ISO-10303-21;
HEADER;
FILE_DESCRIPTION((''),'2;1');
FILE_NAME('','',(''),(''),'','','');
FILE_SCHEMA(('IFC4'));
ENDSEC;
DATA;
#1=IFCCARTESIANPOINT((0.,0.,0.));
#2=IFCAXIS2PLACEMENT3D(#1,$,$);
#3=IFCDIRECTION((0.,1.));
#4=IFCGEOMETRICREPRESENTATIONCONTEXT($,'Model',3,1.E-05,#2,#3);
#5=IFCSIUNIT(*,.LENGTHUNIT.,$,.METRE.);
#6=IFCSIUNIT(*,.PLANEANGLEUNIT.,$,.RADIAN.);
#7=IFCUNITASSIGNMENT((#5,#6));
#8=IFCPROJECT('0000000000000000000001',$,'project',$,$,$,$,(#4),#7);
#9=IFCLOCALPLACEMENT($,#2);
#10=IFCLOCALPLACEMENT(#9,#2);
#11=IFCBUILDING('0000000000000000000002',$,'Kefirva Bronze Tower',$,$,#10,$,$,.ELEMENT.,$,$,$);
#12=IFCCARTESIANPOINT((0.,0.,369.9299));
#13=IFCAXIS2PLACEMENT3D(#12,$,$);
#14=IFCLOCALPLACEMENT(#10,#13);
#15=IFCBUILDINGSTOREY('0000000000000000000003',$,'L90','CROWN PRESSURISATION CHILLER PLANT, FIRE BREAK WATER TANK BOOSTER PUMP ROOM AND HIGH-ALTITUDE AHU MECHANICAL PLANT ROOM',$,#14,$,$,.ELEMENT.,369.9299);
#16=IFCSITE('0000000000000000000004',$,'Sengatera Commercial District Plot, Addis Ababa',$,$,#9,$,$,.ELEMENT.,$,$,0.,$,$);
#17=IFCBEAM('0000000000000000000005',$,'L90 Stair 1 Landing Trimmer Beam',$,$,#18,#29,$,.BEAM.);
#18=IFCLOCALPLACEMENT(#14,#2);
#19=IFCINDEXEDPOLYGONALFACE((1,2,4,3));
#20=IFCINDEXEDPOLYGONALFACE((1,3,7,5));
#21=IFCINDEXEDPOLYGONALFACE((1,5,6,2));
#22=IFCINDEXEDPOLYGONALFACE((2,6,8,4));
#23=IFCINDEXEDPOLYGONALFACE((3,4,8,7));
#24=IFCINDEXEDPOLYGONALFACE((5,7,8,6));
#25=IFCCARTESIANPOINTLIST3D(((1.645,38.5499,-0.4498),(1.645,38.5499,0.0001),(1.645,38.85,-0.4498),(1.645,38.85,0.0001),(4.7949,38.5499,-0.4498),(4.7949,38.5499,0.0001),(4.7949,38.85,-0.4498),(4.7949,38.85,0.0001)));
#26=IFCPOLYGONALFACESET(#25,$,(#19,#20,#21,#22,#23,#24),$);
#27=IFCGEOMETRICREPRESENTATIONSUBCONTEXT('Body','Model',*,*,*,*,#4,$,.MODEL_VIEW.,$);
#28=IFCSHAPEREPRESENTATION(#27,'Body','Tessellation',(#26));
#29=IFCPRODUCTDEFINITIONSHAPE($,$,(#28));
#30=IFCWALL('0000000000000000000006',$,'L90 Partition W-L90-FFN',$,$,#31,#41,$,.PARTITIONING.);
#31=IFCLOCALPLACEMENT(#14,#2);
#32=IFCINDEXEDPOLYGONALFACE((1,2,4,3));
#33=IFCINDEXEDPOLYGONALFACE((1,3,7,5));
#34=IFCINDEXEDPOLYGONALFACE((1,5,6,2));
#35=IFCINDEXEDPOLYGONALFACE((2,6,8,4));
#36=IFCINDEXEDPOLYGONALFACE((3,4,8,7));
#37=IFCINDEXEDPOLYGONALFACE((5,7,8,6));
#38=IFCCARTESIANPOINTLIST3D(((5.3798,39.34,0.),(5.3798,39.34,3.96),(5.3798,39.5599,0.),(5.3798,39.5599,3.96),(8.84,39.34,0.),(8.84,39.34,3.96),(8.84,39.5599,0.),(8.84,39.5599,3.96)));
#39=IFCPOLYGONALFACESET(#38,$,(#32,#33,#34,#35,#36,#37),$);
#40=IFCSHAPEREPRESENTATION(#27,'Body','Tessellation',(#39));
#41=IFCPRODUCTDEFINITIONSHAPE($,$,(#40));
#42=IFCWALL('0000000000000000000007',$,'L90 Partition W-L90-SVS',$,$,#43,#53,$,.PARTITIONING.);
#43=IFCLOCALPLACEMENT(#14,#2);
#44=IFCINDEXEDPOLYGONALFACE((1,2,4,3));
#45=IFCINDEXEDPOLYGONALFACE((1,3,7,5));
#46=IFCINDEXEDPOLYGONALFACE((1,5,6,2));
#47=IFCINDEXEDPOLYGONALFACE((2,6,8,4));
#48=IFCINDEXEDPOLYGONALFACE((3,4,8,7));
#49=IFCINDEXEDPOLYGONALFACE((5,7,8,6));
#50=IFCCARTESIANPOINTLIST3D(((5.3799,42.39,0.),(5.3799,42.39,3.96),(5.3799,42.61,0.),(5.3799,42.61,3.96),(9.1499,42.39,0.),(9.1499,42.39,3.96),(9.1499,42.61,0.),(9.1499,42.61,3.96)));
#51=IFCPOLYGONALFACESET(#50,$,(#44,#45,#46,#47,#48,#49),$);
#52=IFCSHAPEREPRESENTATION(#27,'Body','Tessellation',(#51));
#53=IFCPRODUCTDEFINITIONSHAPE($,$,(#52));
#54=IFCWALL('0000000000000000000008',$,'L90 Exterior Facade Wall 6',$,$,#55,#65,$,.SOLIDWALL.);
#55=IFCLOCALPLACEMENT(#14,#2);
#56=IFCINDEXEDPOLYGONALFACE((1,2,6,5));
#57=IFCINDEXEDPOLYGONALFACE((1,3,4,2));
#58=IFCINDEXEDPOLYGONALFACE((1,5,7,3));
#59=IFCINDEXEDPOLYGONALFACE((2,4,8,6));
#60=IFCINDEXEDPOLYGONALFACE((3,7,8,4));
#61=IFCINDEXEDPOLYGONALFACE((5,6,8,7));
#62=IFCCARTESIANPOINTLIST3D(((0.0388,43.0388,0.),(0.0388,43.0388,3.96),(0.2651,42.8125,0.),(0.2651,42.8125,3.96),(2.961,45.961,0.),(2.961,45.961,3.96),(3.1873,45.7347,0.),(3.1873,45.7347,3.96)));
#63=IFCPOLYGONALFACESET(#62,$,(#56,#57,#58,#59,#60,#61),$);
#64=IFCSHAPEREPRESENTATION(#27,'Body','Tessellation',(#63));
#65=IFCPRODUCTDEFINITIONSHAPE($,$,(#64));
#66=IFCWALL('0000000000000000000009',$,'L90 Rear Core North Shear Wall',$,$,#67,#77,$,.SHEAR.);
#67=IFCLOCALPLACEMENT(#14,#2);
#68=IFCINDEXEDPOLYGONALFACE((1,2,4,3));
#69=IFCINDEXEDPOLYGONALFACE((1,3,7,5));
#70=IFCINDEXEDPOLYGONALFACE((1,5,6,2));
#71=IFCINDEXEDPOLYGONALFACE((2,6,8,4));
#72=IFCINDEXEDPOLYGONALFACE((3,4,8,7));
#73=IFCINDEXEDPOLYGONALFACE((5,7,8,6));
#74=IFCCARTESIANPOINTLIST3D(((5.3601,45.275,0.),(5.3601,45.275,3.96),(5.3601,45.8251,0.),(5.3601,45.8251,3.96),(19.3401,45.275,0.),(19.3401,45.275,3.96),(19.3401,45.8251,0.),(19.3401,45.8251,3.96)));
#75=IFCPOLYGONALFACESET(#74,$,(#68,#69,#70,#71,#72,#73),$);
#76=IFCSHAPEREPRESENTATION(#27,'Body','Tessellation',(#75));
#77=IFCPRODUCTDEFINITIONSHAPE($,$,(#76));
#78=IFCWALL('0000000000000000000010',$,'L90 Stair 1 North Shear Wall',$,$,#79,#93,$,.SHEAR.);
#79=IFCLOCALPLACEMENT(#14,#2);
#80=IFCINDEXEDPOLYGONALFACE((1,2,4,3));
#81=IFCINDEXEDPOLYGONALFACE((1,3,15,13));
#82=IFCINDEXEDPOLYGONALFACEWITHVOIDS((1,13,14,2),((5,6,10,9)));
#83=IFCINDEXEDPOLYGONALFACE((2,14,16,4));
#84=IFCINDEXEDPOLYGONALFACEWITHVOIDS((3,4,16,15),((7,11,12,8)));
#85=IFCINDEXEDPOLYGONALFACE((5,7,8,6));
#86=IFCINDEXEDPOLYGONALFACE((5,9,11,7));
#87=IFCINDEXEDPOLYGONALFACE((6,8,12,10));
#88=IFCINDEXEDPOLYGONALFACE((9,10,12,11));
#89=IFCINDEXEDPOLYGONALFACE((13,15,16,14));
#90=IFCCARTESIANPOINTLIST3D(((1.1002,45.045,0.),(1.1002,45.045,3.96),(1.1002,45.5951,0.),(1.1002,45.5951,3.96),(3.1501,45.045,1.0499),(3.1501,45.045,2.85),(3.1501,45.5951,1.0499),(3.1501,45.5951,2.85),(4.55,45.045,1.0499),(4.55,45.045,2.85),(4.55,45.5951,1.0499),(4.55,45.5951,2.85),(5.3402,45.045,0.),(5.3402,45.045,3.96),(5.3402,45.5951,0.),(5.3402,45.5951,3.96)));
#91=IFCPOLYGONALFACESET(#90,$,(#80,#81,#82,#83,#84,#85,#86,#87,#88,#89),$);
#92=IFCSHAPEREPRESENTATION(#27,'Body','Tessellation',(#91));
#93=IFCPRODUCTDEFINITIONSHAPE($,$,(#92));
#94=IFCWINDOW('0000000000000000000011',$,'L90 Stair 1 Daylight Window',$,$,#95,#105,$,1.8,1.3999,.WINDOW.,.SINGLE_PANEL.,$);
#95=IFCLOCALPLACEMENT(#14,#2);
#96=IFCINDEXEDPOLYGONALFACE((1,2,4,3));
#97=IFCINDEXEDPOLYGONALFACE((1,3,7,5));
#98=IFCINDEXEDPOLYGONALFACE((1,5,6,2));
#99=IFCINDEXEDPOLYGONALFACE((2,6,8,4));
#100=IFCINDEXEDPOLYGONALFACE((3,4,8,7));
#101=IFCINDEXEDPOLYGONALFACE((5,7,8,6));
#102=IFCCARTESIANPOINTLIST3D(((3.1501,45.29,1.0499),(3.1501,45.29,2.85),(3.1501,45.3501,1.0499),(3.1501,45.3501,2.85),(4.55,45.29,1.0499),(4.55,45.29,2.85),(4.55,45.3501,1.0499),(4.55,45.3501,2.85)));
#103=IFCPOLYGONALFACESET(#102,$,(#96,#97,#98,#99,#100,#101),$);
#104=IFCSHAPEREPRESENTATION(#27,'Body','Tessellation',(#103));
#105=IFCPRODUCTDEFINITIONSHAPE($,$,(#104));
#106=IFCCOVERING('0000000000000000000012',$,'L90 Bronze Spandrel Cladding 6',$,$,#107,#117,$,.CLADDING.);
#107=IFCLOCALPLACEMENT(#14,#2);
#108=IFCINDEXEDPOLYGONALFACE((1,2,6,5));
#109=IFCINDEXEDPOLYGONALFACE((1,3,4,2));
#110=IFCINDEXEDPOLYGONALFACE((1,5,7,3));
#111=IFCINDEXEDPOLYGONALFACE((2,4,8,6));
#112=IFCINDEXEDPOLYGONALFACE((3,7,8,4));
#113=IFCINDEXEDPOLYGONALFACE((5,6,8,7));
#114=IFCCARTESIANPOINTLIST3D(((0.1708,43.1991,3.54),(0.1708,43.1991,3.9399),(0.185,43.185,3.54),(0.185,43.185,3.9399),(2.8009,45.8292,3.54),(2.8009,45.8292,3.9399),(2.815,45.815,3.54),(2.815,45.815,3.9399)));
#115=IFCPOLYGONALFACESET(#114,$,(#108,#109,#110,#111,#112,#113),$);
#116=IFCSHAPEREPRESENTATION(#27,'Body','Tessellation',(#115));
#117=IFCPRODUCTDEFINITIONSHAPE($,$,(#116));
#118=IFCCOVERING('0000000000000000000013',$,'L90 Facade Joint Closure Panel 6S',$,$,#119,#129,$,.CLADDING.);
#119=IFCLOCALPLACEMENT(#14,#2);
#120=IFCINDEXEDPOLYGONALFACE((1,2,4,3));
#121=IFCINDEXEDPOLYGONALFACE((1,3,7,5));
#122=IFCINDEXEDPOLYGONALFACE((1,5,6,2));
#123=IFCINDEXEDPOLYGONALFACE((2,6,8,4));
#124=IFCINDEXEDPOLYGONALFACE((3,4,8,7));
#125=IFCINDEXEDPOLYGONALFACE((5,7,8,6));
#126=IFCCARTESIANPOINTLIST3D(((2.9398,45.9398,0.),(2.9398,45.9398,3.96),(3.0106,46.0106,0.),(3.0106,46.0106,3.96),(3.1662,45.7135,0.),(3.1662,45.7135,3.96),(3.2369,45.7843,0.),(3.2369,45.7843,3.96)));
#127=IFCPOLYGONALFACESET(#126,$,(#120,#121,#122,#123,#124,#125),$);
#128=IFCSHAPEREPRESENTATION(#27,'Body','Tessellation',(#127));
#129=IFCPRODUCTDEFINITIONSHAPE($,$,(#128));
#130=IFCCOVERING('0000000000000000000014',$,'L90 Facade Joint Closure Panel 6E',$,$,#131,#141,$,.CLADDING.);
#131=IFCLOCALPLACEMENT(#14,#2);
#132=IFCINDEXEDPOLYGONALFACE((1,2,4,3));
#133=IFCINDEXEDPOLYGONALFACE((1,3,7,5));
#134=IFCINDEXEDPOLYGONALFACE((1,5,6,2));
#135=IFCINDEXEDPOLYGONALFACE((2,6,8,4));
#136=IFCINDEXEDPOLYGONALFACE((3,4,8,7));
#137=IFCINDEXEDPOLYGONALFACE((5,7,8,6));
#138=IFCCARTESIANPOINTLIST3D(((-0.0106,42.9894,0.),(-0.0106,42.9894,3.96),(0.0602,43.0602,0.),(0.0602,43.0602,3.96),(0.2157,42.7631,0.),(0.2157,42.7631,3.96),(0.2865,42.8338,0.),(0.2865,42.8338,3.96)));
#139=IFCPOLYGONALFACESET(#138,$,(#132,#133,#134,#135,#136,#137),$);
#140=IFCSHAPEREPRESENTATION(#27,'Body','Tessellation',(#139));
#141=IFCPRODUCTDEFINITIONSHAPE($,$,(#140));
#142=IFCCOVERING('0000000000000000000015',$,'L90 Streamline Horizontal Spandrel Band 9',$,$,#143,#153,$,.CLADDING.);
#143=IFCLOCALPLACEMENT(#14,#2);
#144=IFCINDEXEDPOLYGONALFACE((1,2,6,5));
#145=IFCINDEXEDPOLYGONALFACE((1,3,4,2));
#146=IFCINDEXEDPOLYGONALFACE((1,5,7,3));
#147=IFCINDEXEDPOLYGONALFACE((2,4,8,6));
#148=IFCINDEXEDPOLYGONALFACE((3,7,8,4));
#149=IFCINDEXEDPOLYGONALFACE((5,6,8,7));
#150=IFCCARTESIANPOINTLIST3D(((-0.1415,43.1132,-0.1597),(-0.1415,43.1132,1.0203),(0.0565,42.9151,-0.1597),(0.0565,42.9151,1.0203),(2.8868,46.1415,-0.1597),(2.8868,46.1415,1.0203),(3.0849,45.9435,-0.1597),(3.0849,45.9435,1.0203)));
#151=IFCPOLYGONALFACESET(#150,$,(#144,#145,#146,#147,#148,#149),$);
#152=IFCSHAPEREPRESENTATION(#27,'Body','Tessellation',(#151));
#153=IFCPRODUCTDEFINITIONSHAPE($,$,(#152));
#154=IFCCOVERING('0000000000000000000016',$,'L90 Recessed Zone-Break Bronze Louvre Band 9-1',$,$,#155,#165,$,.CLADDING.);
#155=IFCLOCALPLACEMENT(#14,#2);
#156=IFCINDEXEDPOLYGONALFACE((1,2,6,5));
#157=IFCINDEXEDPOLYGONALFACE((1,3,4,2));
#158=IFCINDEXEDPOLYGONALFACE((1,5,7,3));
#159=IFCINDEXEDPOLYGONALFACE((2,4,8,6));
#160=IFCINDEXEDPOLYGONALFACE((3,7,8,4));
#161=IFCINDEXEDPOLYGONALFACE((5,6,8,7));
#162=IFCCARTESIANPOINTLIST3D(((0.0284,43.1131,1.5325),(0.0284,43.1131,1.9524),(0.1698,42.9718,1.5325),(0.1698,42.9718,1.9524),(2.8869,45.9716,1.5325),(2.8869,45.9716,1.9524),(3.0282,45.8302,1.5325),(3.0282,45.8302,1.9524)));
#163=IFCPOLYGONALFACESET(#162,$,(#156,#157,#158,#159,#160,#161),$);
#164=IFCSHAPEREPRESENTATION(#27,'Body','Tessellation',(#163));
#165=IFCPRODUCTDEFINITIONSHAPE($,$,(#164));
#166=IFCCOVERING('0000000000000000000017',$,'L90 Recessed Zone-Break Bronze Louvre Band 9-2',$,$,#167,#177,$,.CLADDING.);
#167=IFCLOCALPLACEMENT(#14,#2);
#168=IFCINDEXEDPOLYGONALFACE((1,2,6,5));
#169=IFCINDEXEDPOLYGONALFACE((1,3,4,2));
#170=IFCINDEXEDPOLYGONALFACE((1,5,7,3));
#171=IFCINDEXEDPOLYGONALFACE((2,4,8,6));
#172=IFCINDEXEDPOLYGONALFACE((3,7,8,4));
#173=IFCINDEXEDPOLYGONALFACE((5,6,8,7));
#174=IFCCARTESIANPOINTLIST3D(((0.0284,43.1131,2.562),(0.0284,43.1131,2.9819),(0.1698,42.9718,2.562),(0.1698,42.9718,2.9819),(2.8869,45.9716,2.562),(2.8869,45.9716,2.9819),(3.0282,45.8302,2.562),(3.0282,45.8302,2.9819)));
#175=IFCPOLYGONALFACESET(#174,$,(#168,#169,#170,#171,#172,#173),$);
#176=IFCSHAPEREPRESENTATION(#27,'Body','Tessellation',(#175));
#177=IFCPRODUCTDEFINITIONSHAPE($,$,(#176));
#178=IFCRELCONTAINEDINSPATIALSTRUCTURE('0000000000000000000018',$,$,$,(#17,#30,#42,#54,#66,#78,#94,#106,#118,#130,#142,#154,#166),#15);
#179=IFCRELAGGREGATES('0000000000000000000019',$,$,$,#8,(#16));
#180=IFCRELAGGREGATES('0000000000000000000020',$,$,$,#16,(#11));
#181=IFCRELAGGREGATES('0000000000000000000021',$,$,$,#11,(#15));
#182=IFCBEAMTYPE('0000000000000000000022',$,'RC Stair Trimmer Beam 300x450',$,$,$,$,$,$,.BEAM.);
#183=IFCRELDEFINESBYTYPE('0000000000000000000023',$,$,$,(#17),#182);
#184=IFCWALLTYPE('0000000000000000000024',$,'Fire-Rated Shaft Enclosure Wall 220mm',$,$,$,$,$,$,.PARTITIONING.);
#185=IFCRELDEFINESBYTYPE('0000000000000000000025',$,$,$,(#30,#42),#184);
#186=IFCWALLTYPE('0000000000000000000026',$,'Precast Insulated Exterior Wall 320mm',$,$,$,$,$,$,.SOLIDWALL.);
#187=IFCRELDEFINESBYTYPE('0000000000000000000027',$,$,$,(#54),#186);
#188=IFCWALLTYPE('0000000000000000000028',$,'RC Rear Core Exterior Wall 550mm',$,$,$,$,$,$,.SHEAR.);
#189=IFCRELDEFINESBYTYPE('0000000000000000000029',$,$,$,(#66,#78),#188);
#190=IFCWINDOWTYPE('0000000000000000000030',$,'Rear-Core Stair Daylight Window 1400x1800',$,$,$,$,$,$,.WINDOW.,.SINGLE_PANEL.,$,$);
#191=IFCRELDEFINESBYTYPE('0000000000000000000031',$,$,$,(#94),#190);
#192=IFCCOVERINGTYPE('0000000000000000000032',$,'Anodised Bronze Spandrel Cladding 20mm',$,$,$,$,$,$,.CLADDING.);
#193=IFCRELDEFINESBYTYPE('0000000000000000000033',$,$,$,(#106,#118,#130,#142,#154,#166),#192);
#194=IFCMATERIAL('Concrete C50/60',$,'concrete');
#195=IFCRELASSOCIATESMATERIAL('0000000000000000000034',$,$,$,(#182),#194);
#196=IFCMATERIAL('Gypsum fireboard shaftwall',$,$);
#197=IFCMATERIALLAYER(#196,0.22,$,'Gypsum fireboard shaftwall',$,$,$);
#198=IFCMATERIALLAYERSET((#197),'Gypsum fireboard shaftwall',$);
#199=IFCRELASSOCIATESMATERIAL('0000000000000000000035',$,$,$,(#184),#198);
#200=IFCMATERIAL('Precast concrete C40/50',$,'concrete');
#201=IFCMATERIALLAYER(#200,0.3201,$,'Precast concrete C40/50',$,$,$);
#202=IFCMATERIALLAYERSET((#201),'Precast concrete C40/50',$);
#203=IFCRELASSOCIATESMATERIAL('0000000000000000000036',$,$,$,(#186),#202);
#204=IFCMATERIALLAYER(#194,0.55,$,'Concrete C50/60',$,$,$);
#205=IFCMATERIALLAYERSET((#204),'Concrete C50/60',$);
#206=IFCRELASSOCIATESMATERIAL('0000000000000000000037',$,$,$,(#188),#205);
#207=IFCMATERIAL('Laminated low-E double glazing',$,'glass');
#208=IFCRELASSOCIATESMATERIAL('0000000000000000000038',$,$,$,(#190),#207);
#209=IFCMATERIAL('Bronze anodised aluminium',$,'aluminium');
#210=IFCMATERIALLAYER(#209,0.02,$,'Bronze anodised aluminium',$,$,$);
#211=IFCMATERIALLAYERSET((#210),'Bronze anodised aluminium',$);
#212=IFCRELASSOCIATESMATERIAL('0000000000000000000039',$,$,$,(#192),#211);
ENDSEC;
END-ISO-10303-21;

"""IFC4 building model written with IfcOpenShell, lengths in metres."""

from ifc_helpers import new_model, si_unit, direction, frame, frame_2d, origin, origin_2d, place, context, subcontext, project, spatial, rectangle, extrude, material, layer, layer_set, material_profile, profile_set, type_object, element, fill, save


model = new_model("IFC4")

# Units and contexts
model_context = context("Model", 3, precision=1e-05, world=origin(), true_north=direction((0.0, 1.0)))
body_context = subcontext(model_context, "Body", "Model", "MODEL_VIEW")
ifc_project = project(units=[si_unit("LENGTHUNIT", "METRE"), si_unit("PLANEANGLEUNIT", "RADIAN")], contexts=[model_context])

# Site, building, storey
site_placement = place(None, origin())
site = spatial("IfcSite", under=ifc_project, at=site_placement, Name="Sengatera Commercial District Plot, Addis Ababa", CompositionType="ELEMENT", RefElevation=0.0)
building_placement = place(site_placement, origin())
building = spatial("IfcBuilding", under=site, at=building_placement, Name="Kefirva Bronze Tower", CompositionType="ELEMENT")
storey_placement = place(building_placement, frame((0.0, 0.0, 369.9299)))
storey = spatial("IfcBuildingStorey", under=building, at=storey_placement, Name="L90", Description="CROWN PRESSURISATION CHILLER PLANT, FIRE BREAK WATER TANK BOOSTER PUMP ROOM AND HIGH-ALTITUDE AHU MECHANICAL PLANT ROOM", CompositionType="ELEMENT", Elevation=369.9299)

# Beam
ifc_material_1 = material(Name="Concrete C50/60", Category="concrete")
ifc_material_profile = material_profile(ifc_material_1, rectangle(XDim=0.3, YDim=0.45, at=origin_2d()), Name="RC 300x450")
ifc_profile_set = profile_set([ifc_material_profile], Name="Concrete C50/60")
beam_type = type_object("IfcBeamType", Name="RC Stair Trimmer Beam 300x450", PredefinedType="BEAM", material=ifc_profile_set)
beam_placement = place(storey_placement, frame((1.645, 38.7, -0.2249), z_axis=(1.0, 0.0, 0.0), x_axis=(0.0, 1.0, 0.0)))
element("IfcBeam", 1, at=beam_placement, inside=storey, type_object=beam_type, Name="L90 Stair 1 Landing Trimmer Beam", PredefinedType="BEAM", context=body_context, shape_type="SweptSolid", body=[
    extrude(rectangle(XDim=0.3, YDim=0.45, at=origin_2d()), origin(), (0.0, 0.0, 1.0), 3.1499),
])

# Walls
ifc_material_2 = material(Name="Gypsum fireboard shaftwall")
ifc_layer_1 = layer(ifc_material_2, 0.22, Name="Gypsum fireboard shaftwall")
ifc_layer_set_1 = layer_set([ifc_layer_1], Name="Gypsum fireboard shaftwall")
wall_type_1 = type_object("IfcWallType", Name="Fire-Rated Shaft Enclosure Wall 220mm", PredefinedType="PARTITIONING", material=ifc_layer_set_1)
wall_1_placement = place(storey_placement, frame((5.3799, 39.45, 0.0), z_axis=(0.0, 0.0, 1.0), x_axis=(1.0, 0.0, 0.0)))
element("IfcWall", 2, at=wall_1_placement, inside=storey, type_object=wall_type_1, Name="L90 Partition W-L90-FFN", PredefinedType="PARTITIONING", context=body_context, shape_type="SweptSolid", body=[
    extrude(rectangle(XDim=3.4602, YDim=0.22, at=frame_2d((1.73, 0.0))), origin(), (0.0, 0.0, 1.0), 3.96),
])
wall_2_placement = place(storey_placement, frame((5.3799, 42.5, 0.0), z_axis=(0.0, 0.0, 1.0), x_axis=(1.0, 0.0, 0.0)))
element("IfcWall", 3, at=wall_2_placement, inside=storey, type_object=wall_type_1, Name="L90 Partition W-L90-SVS", PredefinedType="PARTITIONING", context=body_context, shape_type="SweptSolid", body=[
    extrude(rectangle(XDim=3.77, YDim=0.22, at=frame_2d((1.885, 0.0))), origin(), (0.0, 0.0, 1.0), 3.96),
])
ifc_material_3 = material(Name="Precast concrete C40/50", Category="concrete")
ifc_layer_2 = layer(ifc_material_3, 0.3201, Name="Precast concrete C40/50")
ifc_layer_set_2 = layer_set([ifc_layer_2], Name="Precast concrete C40/50")
wall_type_2 = type_object("IfcWallType", Name="Precast Insulated Exterior Wall 320mm", PredefinedType="SOLIDWALL", material=ifc_layer_set_2)
wall_3_placement = place(storey_placement, frame((3.0742, 45.8479, 0.0), z_axis=(0.0, 0.0, 1.0), x_axis=(-0.707107, -0.707107, 0.0)))
element("IfcWall", 4, at=wall_3_placement, inside=storey, type_object=wall_type_2, Name="L90 Exterior Facade Wall 6", PredefinedType="SOLIDWALL", context=body_context, shape_type="SweptSolid", body=[
    extrude(rectangle(XDim=4.1326, YDim=0.3201, at=frame_2d((2.0664, 0.0))), origin(), (0.0, 0.0, 1.0), 3.96),
])
ifc_layer_3 = layer(ifc_material_1, 0.55, Name="Concrete C50/60")
ifc_layer_set_3 = layer_set([ifc_layer_3], Name="Concrete C50/60")
wall_type_3 = type_object("IfcWallType", Name="RC Rear Core Exterior Wall 550mm", PredefinedType="SHEAR", material=ifc_layer_set_3)
wall_4_placement = place(storey_placement, frame((5.3601, 45.55, 0.0), z_axis=(0.0, 0.0, 1.0), x_axis=(1.0, 0.0, 0.0)))
element("IfcWall", 5, at=wall_4_placement, inside=storey, type_object=wall_type_3, Name="L90 Rear Core North Shear Wall", PredefinedType="SHEAR", context=body_context, shape_type="SweptSolid", body=[
    extrude(rectangle(XDim=13.98, YDim=0.55, at=frame_2d((6.99, 0.0))), origin(), (0.0, 0.0, 1.0), 3.96),
])

# Wall, opening, window
wall_5_placement = place(storey_placement, frame((1.1001, 45.3201, 0.0), z_axis=(0.0, 0.0, 1.0), x_axis=(1.0, 0.0, 0.0)))
wall_5 = element("IfcWall", 6, at=wall_5_placement, inside=storey, type_object=wall_type_3, Name="L90 Stair 1 North Shear Wall", PredefinedType="SHEAR", context=body_context, shape_type="SweptSolid", body=[
    extrude(rectangle(XDim=4.24, YDim=0.55, at=frame_2d((2.1201, 0.0))), origin(), (0.0, 0.0, 1.0), 3.96),
])
opening_placement = place(wall_5_placement, frame((2.05, 0.0, 1.05)))
opening = element("IfcOpeningElement", 7, at=opening_placement, cuts=wall_5, PredefinedType="OPENING", context=body_context, shape_type="SweptSolid", body=[
    extrude(rectangle(XDim=1.3999, YDim=1.8, at=frame_2d((0.7, 0.8999))), frame((0.0, 0.2852, 0.0), z_axis=(0.0, -1.0, 0.0), x_axis=(1.0, 0.0, 0.0)), (0.0, 0.0, 1.0), 0.5701),
])
ifc_material_4 = material(Name="Laminated low-E double glazing", Category="glass")
window_type = type_object("IfcWindowType", Name="Rear-Core Stair Daylight Window 1400x1800", PartitioningType="SINGLE_PANEL", PredefinedType="WINDOW", material=ifc_material_4)
window_placement = place(opening_placement, origin())
window = element("IfcWindow", 8, at=window_placement, inside=storey, type_object=window_type, Name="L90 Stair 1 Daylight Window", OverallHeight=1.8, OverallWidth=1.3999, PartitioningType="SINGLE_PANEL", PredefinedType="WINDOW", context=body_context, shape_type="SweptSolid", body=[
    extrude(rectangle(XDim=1.3999, YDim=1.8, at=frame_2d((0.7, 0.8999))), frame((0.0, 0.03, 0.0), z_axis=(0.0, -1.0, 0.0), x_axis=(1.0, 0.0, 0.0)), (0.0, 0.0, 1.0), 0.0601),
])
fill(opening, window)

# Coverings
ifc_material_5 = material(Name="Bronze anodised aluminium", Category="aluminium")
ifc_layer_4 = layer(ifc_material_5, 0.02, Name="Bronze anodised aluminium")
ifc_layer_set_4 = layer_set([ifc_layer_4], Name="Bronze anodised aluminium")
covering_type_1 = type_object("IfcCoveringType", Name="Anodised Bronze Spandrel Cladding 20mm", PredefinedType="CLADDING", material=ifc_layer_set_4)
covering_1_placement = place(storey_placement, frame((1.4929, 44.5071, 3.54), z_axis=(0.0, 0.0, 1.0), x_axis=(-0.707107, -0.707107, 0.0)))
element("IfcCovering", 9, at=covering_1_placement, inside=storey, type_object=covering_type_1, Name="L90 Bronze Spandrel Cladding 6", PredefinedType="CLADDING", context=body_context, shape_type="SweptSolid", body=[
    extrude(rectangle(XDim=3.7195, YDim=0.02, at=origin_2d()), origin(), (0.0, 0.0, 1.0), 0.3999),
])
for number, where, z_axis, x_axis, name in (
    (10, (3.0884, 45.8621, 0.0), (0.0, 0.0, 1.0), (-0.707107, -0.707107, 0.0), "L90 Facade Joint Closure Panel 6S"),
    (11, (0.1379, 42.9116, 0.0), (0.0, 0.0, 1.0), (-0.707107, -0.707107, 0.0), "L90 Facade Joint Closure Panel 6E"),
):
    element("IfcCovering", number, at=place(storey_placement, frame(where, z_axis=z_axis, x_axis=x_axis)), inside=storey, type_object=covering_type_1, Name=name, PredefinedType="CLADDING", context=body_context, shape_type="SweptSolid", body=[
        extrude(rectangle(XDim=0.1001, YDim=0.3201, at=origin_2d()), origin(), (0.0, 0.0, 1.0), 3.96),
    ])
covering_2_placement = place(storey_placement, frame((1.4717, 44.5283, -0.1597), z_axis=(0.0, 0.0, 1.0), x_axis=(-0.707107, -0.707107, 0.0)))
element("IfcCovering", 12, at=covering_2_placement, inside=storey, type_object=covering_type_1, Name="L90 Streamline Horizontal Spandrel Band 9", PredefinedType="CLADDING", context=body_context, shape_type="SweptSolid", body=[
    extrude(rectangle(XDim=4.2827, YDim=0.28, at=origin_2d()), origin(), (0.0, 0.0, 1.0), 1.1799),
])
for number, where, z_axis, x_axis, name in (
    (13, (1.5283, 44.4717, 1.5325), (0.0, 0.0, 1.0), (-0.707107, -0.707107, 0.0), "L90 Recessed Zone-Break Bronze Louvre Band 9-1"),
    (14, (1.5283, 44.4717, 2.562), (0.0, 0.0, 1.0), (-0.707107, -0.707107, 0.0), "L90 Recessed Zone-Break Bronze Louvre Band 9-2"),
):
    element("IfcCovering", number, at=place(storey_placement, frame(where, z_axis=z_axis, x_axis=x_axis)), inside=storey, type_object=covering_type_1, Name=name, PredefinedType="CLADDING", context=body_context, shape_type="SweptSolid", body=[
        extrude(rectangle(XDim=4.0425, YDim=0.2, at=origin_2d()), origin(), (0.0, 0.0, 1.0), 0.4199),
    ])

save(model, "model.ifc")
